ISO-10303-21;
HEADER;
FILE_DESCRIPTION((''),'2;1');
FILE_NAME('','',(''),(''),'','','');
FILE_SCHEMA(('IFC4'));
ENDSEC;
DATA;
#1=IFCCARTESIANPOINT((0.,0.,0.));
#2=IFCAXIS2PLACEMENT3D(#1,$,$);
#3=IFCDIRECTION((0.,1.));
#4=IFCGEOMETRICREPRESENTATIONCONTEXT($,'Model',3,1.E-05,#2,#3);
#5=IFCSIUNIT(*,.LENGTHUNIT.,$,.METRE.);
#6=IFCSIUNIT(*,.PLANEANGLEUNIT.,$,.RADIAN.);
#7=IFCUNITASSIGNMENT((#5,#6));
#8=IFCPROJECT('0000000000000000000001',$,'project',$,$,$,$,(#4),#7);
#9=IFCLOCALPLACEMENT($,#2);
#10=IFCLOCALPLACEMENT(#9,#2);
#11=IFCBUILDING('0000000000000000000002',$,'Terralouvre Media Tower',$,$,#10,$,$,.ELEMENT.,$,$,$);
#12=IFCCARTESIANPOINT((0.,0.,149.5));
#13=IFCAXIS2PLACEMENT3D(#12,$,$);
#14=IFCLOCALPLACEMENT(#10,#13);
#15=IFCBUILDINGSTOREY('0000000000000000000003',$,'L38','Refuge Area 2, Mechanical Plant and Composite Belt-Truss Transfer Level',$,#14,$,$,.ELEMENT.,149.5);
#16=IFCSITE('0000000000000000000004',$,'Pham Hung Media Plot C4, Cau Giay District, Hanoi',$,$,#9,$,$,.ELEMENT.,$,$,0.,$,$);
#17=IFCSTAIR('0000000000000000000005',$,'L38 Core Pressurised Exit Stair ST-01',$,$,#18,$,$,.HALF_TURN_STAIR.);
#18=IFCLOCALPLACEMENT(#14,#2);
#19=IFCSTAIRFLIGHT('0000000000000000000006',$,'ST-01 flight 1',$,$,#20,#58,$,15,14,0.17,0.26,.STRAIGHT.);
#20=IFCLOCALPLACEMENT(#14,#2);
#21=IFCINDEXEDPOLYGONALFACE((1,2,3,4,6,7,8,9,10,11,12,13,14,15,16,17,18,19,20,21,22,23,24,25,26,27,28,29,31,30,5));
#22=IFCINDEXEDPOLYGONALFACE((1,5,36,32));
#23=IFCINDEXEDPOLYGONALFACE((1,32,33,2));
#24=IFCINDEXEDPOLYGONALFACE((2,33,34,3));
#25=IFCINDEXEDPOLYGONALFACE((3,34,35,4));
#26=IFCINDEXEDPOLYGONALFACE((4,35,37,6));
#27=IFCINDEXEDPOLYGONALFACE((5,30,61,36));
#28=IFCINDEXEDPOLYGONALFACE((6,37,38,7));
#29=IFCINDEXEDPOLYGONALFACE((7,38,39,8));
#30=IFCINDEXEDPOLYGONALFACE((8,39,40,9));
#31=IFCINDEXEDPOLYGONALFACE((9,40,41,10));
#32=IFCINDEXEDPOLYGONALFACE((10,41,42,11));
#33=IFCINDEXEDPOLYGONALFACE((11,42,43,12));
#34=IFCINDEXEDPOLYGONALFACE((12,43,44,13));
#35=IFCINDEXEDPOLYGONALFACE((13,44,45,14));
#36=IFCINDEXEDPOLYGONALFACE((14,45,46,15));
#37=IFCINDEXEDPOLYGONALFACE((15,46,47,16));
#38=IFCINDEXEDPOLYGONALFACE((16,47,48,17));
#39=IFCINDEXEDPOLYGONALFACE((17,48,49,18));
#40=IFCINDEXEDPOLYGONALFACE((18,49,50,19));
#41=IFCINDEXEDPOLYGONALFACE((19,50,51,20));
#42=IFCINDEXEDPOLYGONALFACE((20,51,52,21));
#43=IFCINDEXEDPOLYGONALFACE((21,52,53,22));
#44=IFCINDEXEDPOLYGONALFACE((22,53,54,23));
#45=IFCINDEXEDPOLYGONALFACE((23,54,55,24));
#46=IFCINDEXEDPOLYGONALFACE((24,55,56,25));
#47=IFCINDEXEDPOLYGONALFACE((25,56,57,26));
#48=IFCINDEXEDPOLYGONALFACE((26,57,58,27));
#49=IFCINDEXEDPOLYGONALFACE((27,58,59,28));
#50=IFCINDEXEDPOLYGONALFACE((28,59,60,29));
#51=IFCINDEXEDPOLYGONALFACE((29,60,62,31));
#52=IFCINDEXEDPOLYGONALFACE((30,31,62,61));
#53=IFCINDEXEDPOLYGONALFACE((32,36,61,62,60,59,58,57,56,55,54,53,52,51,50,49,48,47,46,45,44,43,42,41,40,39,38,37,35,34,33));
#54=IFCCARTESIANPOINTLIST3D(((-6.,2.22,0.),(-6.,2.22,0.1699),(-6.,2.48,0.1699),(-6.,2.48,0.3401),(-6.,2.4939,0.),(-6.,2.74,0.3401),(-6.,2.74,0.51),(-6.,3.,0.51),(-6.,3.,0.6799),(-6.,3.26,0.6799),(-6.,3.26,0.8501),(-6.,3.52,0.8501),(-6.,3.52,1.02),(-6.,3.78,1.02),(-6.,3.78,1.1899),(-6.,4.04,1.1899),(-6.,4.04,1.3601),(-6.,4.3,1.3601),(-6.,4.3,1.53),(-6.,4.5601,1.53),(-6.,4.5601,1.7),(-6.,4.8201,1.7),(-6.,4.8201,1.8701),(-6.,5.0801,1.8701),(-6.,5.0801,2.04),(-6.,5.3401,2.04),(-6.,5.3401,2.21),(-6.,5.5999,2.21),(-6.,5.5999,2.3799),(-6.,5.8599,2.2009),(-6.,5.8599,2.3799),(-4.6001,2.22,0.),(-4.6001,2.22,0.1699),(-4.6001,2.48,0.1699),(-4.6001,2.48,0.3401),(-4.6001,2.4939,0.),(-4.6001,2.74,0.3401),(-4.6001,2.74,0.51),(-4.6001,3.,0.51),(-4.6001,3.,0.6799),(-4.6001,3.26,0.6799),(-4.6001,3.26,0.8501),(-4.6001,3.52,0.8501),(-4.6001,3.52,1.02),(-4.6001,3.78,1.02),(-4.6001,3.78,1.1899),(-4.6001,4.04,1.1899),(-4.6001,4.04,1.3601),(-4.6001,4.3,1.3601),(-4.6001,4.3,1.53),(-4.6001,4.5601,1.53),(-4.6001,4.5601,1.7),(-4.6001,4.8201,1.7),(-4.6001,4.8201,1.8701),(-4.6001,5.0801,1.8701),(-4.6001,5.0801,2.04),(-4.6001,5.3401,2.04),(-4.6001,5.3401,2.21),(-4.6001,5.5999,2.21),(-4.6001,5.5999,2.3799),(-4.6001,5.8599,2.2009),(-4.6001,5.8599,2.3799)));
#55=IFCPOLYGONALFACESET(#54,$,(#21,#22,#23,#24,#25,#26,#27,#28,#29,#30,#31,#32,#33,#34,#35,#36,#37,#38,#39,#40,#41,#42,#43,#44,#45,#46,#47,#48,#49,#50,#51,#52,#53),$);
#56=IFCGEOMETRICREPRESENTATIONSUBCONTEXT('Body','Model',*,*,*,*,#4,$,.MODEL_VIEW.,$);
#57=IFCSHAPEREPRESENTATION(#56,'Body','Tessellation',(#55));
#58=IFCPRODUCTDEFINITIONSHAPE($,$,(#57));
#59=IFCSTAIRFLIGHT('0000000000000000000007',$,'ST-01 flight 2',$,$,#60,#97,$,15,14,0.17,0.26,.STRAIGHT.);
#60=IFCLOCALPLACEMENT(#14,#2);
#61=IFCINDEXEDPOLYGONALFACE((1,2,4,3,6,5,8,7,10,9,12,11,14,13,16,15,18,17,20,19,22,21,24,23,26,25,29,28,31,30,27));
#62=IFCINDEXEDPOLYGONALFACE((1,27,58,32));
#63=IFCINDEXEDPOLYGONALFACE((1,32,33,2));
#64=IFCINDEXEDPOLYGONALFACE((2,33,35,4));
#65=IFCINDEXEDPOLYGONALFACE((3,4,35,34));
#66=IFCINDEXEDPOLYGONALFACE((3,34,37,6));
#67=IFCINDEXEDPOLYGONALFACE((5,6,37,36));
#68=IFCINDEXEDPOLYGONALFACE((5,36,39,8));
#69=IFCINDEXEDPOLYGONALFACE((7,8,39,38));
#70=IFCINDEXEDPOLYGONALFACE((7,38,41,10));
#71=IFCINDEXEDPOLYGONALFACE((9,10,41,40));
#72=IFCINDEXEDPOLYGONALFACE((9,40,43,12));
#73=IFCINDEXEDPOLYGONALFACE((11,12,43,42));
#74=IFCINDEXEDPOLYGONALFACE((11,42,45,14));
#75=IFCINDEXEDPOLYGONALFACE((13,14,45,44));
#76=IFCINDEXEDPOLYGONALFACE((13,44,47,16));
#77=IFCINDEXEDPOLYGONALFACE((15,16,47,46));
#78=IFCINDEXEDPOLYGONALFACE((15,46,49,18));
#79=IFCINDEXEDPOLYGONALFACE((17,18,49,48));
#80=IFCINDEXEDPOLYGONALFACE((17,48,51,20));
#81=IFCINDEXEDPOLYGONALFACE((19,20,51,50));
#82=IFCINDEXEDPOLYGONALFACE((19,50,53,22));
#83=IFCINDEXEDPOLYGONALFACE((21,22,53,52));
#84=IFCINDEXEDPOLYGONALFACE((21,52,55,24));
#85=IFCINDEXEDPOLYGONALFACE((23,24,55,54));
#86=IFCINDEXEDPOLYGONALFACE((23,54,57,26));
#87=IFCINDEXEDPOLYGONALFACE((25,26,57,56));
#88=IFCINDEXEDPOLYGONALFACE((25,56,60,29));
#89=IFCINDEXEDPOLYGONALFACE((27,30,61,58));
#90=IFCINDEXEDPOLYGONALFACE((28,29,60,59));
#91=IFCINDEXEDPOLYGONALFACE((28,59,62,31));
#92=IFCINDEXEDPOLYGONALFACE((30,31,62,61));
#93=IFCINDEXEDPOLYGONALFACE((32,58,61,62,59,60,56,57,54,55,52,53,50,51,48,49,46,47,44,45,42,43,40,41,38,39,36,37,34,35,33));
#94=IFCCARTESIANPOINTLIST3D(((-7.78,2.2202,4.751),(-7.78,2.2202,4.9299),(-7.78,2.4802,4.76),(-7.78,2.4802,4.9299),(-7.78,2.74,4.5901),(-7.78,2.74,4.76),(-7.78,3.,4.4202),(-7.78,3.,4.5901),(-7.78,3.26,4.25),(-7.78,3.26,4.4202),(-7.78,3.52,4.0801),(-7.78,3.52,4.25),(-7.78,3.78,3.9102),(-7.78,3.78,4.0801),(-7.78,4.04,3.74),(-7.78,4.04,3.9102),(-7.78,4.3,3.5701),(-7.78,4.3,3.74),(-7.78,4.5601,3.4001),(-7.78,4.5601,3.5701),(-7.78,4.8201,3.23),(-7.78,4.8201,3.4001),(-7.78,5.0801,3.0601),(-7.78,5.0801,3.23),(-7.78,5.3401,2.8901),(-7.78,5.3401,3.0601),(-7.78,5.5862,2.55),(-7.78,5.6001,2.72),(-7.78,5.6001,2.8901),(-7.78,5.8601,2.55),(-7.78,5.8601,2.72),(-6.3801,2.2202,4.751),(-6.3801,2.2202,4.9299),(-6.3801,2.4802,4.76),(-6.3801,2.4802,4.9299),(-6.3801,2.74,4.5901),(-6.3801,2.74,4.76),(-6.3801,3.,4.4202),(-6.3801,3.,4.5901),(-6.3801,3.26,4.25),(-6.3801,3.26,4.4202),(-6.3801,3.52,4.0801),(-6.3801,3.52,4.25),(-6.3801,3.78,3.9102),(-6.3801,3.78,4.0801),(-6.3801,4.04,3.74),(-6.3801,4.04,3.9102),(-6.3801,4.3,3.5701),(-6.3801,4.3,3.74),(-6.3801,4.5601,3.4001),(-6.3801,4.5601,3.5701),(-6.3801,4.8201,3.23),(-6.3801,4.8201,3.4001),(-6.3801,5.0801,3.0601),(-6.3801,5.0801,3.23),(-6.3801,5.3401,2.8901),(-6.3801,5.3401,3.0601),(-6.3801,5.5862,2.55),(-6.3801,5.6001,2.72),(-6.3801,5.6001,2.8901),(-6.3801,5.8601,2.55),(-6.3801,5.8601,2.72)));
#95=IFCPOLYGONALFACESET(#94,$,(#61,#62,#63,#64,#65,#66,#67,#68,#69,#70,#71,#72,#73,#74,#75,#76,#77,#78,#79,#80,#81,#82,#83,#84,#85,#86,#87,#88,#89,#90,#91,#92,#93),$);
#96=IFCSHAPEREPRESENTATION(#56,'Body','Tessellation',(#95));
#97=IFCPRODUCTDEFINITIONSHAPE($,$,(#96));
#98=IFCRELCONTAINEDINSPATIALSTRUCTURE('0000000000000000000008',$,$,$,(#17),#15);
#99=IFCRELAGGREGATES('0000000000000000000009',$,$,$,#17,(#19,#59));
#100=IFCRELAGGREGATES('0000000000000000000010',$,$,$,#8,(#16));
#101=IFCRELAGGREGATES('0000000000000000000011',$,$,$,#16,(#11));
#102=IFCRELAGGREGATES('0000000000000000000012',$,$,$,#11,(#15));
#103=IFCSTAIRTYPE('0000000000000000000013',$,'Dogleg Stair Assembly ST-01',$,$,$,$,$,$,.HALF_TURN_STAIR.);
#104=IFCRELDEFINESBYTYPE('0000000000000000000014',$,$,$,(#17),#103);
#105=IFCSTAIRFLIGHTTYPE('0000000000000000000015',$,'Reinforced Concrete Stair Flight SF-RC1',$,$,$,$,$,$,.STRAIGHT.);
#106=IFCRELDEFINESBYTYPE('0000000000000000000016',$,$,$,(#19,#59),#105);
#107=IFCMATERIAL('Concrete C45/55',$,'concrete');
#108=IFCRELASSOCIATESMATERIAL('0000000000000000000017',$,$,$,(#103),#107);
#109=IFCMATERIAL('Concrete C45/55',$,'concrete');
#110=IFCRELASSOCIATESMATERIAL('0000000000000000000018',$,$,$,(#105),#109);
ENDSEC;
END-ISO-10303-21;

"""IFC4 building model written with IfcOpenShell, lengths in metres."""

from ifc_helpers import new_model, si_unit, direction, frame, origin, place, context, subcontext, project, spatial, polyline, outline, extrude, material, type_object, element, aggregate, save


model = new_model("IFC4")

# Units and contexts
model_context = context("Model", 3, precision=1e-05, world=origin(), true_north=direction((0.0, 1.0)))
body_context = subcontext(model_context, "Body", "Model", "MODEL_VIEW")
ifc_project = project(units=[si_unit("LENGTHUNIT", "METRE"), si_unit("PLANEANGLEUNIT", "RADIAN")], contexts=[model_context])

# Site, building, storey
site_placement = place(None, origin())
site = spatial("IfcSite", under=ifc_project, at=site_placement, Name="Pham Hung Media Plot C4, Cau Giay District, Hanoi", CompositionType="ELEMENT", RefElevation=0.0)
building_placement = place(site_placement, origin())
building = spatial("IfcBuilding", under=site, at=building_placement, Name="Terralouvre Media Tower", CompositionType="ELEMENT")
storey_placement = place(building_placement, frame((0.0, 0.0, 149.5)))
storey = spatial("IfcBuildingStorey", under=building, at=storey_placement, Name="L38", Description="Refuge Area 2, Mechanical Plant and Composite Belt-Truss Transfer Level", CompositionType="ELEMENT", Elevation=149.5)

# Stair, stair flights
ifc_material_1 = material(Name="Concrete C45/55", Category="concrete")
stair_type = type_object("IfcStairType", Name="Dogleg Stair Assembly ST-01", PredefinedType="HALF_TURN_STAIR", material=ifc_material_1)
stair_placement = place(storey_placement, origin())
stair = element("IfcStair", 1, at=stair_placement, inside=storey, type_object=stair_type, Name="L38 Core Pressurised Exit Stair ST-01", PredefinedType="HALF_TURN_STAIR")
ifc_material_2 = material(Name="Concrete C45/55", Category="concrete")
stair_flight_type = type_object("IfcStairFlightType", Name="Reinforced Concrete Stair Flight SF-RC1", PredefinedType="STRAIGHT", material=ifc_material_2)
stair_flight_1_placement = place(storey_placement, frame((-5.3, 2.22, 0.0), z_axis=(0.0, 0.0, 1.0), x_axis=(0.0, 1.0, 0.0)))
stair_flight_1 = element("IfcStairFlight", 2, at=stair_flight_1_placement, type_object=stair_flight_type, Name="ST-01 flight 1", NumberOfRisers=15, NumberOfTreads=14, PredefinedType="STRAIGHT", RiserHeight=0.17, TreadLength=0.26, context=body_context, shape_type="SweptSolid", body=[
    extrude(outline(polyline([(0.0, 0.0), (0.0, 0.1699), (0.26, 0.1699), (0.26, 0.3401), (0.52, 0.3401), (0.52, 0.51), (0.78, 0.51), (0.78, 0.6799), (1.04, 0.6799), (1.04, 0.8501), (1.3, 0.8501), (1.3, 1.02), (1.5601, 1.02), (1.5601, 1.1899), (1.8201, 1.1899), (1.8201, 1.3601), (2.0801, 1.3601), (2.0801, 1.53), (2.3401, 1.53), (2.3401, 1.7), (2.6001, 1.7), (2.6001, 1.8701), (2.8601, 1.8701), (2.8601, 2.04), (3.1201, 2.04), (3.1201, 2.21), (3.3799, 2.21), (3.3799, 2.3799), (3.6399, 2.3799), (3.6399, 2.55), (3.6399, 2.2009), (0.2739, 0.0), (0.0, 0.0)])), frame((0.0, 0.7, 0.0), z_axis=(0.0, -1.0, 0.0), x_axis=(1.0, 0.0, 0.0)), (0.0, 0.0, 1.0), 1.3999),
])
stair_flight_2_placement = place(storey_placement, frame((-7.0801, 5.8601, 2.55), z_axis=(0.0, 0.0, 1.0), x_axis=(0.0, -1.0, 0.0)))
stair_flight_2 = element("IfcStairFlight", 3, at=stair_flight_2_placement, type_object=stair_flight_type, Name="ST-01 flight 2", NumberOfRisers=15, NumberOfTreads=14, PredefinedType="STRAIGHT", RiserHeight=0.17, TreadLength=0.26, context=body_context, shape_type="SweptSolid", body=[
    extrude(outline(polyline([(0.0, 0.0), (0.0, 0.1699), (0.26, 0.1699), (0.26, 0.3401), (0.52, 0.3401), (0.52, 0.51), (0.78, 0.51), (0.78, 0.6799), (1.04, 0.6799), (1.04, 0.8501), (1.3, 0.8501), (1.3, 1.02), (1.5601, 1.02), (1.5601, 1.1899), (1.8201, 1.1899), (1.8201, 1.3601), (2.0801, 1.3601), (2.0801, 1.53), (2.3401, 1.53), (2.3401, 1.7), (2.6001, 1.7), (2.6001, 1.8701), (2.8601, 1.8701), (2.8601, 2.04), (3.1201, 2.04), (3.1201, 2.21), (3.3799, 2.21), (3.3799, 2.3799), (3.6399, 2.3799), (3.6399, 2.55), (3.6399, 2.2009), (0.2739, 0.0), (0.0, 0.0)])), frame((0.0, 0.7, 0.0), z_axis=(0.0, -1.0, 0.0), x_axis=(1.0, 0.0, 0.0)), (0.0, 0.0, 1.0), 1.3999),
])
aggregate(stair, [stair_flight_1, stair_flight_2])

save(model, "model.ifc")
